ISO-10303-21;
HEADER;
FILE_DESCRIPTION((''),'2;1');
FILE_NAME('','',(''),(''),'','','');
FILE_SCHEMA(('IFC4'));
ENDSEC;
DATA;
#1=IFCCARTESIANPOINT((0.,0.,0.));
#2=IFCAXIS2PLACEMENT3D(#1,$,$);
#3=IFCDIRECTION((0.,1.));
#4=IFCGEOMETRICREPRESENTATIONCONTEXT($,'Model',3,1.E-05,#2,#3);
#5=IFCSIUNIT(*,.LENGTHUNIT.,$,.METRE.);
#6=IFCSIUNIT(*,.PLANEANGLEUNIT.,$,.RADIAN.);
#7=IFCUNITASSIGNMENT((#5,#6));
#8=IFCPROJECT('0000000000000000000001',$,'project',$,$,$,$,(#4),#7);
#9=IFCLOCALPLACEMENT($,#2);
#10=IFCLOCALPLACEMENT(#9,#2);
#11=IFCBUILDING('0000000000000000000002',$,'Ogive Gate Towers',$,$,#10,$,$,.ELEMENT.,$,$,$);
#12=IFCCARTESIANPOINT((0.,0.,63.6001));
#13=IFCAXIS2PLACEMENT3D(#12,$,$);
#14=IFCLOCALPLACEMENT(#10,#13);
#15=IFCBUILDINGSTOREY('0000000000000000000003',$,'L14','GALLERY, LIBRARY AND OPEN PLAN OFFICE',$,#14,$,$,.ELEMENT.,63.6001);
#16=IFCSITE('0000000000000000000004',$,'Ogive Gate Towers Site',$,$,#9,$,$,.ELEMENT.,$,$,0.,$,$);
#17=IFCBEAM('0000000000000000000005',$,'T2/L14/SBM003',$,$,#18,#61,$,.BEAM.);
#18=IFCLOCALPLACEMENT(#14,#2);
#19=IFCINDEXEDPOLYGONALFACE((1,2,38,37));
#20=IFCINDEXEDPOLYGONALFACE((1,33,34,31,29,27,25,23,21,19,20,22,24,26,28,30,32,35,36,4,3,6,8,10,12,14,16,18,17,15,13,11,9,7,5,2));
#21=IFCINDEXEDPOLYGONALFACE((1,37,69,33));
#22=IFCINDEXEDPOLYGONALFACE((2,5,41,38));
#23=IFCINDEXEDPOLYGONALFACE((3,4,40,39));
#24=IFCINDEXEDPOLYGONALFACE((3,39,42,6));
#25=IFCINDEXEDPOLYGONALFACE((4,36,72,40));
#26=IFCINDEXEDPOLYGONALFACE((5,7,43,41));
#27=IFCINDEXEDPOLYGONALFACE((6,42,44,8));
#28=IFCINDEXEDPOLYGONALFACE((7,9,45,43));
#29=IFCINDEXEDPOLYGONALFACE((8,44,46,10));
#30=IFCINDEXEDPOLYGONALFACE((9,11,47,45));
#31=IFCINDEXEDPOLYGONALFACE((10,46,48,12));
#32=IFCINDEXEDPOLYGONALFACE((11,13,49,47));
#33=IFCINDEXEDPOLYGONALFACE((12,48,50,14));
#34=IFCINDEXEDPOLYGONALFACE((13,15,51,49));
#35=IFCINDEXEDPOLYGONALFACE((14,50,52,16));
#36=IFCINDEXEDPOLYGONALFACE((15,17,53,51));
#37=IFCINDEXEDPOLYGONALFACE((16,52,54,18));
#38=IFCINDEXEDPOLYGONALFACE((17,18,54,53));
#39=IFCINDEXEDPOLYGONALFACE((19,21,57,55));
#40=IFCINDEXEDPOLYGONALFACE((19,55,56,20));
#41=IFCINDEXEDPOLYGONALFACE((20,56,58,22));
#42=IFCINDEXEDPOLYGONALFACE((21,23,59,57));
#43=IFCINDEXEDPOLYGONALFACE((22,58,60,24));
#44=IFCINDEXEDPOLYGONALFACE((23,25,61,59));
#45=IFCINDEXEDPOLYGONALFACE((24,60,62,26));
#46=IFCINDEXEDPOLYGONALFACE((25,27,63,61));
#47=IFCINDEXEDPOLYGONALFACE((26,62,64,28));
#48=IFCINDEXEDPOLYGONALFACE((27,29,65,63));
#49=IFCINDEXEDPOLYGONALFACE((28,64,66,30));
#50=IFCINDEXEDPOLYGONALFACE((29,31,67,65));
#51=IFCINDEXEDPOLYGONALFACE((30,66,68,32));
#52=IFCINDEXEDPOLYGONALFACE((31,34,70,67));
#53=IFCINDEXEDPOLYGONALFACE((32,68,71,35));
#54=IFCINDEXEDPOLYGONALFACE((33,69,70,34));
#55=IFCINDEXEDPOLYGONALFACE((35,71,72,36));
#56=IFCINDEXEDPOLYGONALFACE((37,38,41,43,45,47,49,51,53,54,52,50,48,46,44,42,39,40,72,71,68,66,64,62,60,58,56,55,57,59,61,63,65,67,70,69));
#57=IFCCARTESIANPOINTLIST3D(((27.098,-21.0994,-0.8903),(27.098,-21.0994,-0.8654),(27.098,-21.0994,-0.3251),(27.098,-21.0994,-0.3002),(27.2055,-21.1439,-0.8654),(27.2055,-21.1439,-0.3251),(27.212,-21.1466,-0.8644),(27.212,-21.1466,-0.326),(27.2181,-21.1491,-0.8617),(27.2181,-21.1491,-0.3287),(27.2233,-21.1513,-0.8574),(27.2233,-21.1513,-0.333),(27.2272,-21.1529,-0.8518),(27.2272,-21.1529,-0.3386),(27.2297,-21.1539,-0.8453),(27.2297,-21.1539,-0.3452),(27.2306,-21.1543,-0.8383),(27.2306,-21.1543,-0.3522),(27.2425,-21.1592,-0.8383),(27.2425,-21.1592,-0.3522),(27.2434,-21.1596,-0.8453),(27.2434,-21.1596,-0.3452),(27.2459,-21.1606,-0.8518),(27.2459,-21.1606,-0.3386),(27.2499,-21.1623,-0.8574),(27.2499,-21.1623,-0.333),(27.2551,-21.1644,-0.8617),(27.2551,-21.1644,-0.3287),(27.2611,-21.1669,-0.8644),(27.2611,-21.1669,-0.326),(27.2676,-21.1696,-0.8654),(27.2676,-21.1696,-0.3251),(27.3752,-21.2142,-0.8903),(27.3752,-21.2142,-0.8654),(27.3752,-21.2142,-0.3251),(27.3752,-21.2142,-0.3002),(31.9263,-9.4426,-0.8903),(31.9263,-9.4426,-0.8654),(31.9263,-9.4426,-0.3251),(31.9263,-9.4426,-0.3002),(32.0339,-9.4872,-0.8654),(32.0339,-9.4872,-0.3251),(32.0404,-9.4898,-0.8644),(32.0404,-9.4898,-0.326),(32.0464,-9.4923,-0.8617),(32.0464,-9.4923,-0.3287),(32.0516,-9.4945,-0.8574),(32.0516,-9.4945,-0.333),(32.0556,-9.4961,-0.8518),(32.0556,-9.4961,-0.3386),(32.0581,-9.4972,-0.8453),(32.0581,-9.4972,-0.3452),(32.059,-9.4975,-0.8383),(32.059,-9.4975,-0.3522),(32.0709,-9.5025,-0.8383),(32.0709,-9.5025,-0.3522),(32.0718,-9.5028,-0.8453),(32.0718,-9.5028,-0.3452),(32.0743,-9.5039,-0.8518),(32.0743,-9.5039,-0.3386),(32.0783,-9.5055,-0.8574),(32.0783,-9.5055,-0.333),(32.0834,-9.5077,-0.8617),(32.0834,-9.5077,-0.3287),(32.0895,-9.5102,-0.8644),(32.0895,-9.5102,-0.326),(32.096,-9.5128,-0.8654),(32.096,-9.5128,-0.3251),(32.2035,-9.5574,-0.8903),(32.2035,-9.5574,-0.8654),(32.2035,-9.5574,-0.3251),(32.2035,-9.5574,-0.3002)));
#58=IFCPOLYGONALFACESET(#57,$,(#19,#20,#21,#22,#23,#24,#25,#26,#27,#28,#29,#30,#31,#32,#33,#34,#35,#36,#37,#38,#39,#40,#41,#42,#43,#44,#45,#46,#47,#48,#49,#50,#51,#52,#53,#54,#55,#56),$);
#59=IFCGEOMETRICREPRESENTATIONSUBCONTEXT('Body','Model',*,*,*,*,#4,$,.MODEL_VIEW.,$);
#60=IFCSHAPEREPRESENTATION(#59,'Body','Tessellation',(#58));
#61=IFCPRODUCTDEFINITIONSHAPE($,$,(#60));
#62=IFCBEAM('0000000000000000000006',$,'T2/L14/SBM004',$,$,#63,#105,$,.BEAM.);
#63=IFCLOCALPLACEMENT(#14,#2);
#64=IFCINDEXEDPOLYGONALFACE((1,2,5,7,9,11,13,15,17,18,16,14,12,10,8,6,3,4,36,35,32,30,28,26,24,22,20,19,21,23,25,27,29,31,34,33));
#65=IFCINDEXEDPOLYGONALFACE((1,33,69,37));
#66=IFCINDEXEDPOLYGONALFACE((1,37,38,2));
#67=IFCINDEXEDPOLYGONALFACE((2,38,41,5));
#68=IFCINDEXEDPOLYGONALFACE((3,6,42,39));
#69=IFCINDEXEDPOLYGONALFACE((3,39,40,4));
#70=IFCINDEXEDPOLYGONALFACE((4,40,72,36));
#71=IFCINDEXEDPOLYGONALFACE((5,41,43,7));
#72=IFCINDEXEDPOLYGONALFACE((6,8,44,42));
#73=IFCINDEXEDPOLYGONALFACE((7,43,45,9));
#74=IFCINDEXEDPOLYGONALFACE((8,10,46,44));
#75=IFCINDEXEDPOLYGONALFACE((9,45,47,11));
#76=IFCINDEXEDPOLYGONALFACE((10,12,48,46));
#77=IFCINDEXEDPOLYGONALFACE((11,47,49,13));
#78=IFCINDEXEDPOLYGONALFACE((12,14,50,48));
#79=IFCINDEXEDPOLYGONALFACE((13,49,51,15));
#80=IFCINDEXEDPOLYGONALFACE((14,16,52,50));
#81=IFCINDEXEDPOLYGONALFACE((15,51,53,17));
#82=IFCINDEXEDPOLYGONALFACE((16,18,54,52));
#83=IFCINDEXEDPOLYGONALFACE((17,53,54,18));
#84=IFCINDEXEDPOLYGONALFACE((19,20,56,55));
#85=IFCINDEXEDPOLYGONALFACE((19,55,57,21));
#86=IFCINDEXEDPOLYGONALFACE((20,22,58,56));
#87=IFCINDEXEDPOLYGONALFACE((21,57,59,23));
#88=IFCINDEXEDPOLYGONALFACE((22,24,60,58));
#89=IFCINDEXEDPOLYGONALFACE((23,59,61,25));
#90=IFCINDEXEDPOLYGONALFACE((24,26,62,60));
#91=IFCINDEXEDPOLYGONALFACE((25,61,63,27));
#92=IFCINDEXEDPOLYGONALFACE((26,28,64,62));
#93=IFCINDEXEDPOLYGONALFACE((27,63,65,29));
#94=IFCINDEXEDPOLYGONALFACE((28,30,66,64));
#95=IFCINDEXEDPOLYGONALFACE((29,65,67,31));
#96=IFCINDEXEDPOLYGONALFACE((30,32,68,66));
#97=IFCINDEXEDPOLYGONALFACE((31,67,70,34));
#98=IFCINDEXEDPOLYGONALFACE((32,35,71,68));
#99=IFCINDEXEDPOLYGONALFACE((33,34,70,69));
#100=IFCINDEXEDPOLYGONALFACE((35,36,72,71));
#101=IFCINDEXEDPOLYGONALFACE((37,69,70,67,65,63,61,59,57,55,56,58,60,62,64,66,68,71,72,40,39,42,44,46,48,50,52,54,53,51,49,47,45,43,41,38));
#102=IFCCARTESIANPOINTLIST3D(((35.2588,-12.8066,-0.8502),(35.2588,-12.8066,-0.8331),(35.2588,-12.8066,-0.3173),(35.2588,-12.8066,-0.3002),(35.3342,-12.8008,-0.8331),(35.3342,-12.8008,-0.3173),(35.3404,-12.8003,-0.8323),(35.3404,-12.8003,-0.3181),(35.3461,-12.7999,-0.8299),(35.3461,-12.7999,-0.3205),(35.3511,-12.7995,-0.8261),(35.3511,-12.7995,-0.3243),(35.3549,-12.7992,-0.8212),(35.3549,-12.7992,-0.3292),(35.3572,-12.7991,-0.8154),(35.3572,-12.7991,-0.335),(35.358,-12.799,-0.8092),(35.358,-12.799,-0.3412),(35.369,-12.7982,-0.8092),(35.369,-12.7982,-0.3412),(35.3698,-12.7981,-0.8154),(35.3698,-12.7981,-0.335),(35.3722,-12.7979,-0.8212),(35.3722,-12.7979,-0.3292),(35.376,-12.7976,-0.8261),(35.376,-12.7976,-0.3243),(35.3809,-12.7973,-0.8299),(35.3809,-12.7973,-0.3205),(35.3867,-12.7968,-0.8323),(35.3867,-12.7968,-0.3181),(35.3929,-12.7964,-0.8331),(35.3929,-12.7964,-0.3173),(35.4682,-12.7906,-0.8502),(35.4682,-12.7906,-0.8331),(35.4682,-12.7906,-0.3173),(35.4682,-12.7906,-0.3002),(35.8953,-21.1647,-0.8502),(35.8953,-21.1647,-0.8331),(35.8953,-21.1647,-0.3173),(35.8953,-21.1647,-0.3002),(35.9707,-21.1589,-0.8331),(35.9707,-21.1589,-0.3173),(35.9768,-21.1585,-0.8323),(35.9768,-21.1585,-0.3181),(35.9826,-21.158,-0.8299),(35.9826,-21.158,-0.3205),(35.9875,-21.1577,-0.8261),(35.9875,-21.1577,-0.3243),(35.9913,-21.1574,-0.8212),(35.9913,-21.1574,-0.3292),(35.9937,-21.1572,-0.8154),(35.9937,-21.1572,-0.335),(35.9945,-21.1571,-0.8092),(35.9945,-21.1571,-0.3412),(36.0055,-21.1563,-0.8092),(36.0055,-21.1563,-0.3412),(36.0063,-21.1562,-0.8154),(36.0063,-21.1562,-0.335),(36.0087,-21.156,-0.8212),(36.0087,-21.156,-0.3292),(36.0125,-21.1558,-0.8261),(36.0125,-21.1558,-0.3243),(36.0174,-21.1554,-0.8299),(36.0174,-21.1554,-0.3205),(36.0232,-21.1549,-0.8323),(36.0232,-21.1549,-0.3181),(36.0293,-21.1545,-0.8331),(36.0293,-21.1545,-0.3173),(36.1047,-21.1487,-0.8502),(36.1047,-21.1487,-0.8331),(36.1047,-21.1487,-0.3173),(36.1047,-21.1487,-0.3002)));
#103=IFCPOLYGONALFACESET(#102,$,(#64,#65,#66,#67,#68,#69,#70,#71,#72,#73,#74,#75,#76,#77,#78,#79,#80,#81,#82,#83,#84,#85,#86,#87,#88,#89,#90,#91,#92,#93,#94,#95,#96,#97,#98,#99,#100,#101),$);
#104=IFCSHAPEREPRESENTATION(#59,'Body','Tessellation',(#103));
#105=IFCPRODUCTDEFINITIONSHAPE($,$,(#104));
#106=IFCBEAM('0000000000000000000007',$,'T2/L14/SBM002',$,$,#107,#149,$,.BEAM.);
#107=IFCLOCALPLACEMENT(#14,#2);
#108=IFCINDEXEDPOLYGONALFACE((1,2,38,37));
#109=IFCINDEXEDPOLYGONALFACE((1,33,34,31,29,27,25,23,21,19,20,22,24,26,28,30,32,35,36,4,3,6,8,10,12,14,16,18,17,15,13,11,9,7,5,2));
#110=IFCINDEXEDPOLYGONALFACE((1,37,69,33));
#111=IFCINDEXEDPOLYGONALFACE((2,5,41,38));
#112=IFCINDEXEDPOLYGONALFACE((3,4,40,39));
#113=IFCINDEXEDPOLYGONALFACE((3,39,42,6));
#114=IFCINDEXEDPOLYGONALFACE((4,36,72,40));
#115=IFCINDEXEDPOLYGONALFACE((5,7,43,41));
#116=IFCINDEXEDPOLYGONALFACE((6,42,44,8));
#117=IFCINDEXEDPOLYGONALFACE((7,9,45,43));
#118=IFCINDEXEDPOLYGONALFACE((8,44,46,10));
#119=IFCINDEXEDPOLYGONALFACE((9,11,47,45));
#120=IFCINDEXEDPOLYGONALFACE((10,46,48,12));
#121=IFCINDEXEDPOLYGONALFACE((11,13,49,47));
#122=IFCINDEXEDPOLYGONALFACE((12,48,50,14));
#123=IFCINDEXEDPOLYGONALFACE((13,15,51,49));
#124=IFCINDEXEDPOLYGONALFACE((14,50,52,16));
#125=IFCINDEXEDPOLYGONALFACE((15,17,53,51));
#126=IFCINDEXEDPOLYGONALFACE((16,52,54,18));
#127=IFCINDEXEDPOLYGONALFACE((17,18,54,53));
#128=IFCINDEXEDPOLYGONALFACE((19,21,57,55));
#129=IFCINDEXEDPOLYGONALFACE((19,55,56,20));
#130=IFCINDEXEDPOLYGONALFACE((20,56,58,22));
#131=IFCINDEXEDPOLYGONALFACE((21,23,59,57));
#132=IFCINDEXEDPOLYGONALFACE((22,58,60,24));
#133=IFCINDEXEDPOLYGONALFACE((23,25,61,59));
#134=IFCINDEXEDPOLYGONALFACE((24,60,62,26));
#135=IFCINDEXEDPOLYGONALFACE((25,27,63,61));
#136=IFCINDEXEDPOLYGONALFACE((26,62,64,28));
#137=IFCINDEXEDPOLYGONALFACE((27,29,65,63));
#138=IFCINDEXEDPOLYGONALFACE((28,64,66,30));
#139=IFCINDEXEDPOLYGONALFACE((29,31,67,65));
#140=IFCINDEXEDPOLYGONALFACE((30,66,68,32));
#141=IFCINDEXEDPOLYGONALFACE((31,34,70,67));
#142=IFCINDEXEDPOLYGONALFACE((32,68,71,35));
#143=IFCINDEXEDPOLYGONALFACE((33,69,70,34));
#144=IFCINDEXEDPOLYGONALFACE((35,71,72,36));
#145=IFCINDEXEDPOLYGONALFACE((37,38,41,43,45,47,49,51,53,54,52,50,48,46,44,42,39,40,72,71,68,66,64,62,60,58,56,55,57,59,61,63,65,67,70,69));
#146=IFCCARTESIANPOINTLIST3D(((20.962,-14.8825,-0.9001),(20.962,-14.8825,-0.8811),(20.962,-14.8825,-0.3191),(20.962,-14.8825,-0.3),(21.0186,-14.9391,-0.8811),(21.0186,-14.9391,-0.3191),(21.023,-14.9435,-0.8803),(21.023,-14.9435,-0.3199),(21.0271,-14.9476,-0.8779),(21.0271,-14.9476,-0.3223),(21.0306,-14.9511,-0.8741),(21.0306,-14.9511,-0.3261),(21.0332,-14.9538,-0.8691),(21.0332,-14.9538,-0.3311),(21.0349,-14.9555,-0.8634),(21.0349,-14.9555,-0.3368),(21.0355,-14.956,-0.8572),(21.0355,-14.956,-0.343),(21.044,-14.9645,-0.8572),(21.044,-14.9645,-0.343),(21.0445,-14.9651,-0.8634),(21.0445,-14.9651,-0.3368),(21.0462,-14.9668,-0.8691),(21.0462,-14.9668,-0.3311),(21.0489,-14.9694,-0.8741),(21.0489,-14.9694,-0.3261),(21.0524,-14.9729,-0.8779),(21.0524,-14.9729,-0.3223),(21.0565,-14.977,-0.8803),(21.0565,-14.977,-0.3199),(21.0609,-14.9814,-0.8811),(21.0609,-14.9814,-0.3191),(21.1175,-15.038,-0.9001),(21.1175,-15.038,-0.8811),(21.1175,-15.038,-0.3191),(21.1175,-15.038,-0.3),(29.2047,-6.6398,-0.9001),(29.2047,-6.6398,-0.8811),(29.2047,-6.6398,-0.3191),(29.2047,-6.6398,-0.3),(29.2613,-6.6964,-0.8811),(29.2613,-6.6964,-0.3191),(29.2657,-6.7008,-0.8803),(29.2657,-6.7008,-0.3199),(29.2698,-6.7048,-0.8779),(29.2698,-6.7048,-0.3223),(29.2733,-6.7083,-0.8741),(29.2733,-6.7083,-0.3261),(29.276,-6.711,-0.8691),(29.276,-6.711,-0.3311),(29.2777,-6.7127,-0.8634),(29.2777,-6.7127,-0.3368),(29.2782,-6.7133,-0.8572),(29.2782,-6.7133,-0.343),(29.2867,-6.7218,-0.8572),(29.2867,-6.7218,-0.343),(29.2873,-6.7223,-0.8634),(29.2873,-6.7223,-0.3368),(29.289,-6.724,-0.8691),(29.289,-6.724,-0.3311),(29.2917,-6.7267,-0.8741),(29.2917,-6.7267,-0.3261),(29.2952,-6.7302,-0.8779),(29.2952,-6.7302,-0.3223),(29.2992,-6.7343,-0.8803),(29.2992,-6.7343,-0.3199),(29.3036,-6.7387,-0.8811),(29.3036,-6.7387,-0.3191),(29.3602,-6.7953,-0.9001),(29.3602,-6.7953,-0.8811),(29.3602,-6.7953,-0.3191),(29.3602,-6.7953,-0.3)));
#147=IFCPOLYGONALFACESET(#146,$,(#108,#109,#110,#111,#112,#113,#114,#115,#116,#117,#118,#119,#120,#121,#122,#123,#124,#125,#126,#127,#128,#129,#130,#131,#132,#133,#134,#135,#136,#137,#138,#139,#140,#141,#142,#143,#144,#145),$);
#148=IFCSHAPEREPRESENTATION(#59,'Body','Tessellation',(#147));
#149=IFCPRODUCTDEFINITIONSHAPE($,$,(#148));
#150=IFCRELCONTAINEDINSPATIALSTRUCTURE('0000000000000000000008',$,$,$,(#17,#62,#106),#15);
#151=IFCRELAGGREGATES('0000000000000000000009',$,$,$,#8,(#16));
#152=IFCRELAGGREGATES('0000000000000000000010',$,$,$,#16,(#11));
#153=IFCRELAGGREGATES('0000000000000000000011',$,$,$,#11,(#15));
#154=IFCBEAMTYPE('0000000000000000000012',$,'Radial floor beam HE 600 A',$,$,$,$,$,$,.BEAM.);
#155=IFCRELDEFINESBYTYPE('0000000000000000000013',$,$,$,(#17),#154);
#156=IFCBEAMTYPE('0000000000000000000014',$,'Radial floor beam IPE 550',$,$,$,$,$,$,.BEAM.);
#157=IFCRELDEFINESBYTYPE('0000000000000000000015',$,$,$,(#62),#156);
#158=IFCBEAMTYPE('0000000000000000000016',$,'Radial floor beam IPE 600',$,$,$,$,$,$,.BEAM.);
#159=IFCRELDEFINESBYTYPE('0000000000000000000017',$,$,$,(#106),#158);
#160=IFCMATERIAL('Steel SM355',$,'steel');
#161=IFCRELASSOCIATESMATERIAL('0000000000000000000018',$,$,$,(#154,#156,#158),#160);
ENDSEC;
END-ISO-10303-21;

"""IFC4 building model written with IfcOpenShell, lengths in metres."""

from ifc_helpers import new_model, si_unit, direction, frame, origin, origin_2d, place, context, subcontext, project, spatial, i_section, extrude, material, material_profile, profile_set, type_object, element, save


model = new_model("IFC4")

# Units and contexts
model_context = context("Model", 3, precision=1e-05, world=origin(), true_north=direction((0.0, 1.0)))
body_context = subcontext(model_context, "Body", "Model", "MODEL_VIEW")
ifc_project = project(units=[si_unit("LENGTHUNIT", "METRE"), si_unit("PLANEANGLEUNIT", "RADIAN")], contexts=[model_context])

# Site, building, storey
site_placement = place(None, origin())
site = spatial("IfcSite", under=ifc_project, at=site_placement, Name="Ogive Gate Towers Site", CompositionType="ELEMENT", RefElevation=0.0)
building_placement = place(site_placement, origin())
building = spatial("IfcBuilding", under=site, at=building_placement, Name="Ogive Gate Towers", CompositionType="ELEMENT")
storey_placement = place(building_placement, frame((0.0, 0.0, 63.6001)))
storey = spatial("IfcBuildingStorey", under=building, at=storey_placement, Name="L14", Description="GALLERY, LIBRARY AND OPEN PLAN OFFICE", CompositionType="ELEMENT", Elevation=63.6001)

# Beams
ifc_material_1 = material(Name="Steel SM355", Category="steel")
ifc_material_profile_1 = material_profile(ifc_material_1, i_section(OverallWidth=0.3, OverallDepth=0.5901, WebThickness=0.0129, FlangeThickness=0.0249, FilletRadius=0.0271, at=origin_2d()), Name="HE 600 A")
ifc_profile_set_1 = profile_set([ifc_material_profile_1], Name="Steel SM355")
beam_type_1 = type_object("IfcBeamType", Name="Radial floor beam HE 600 A", PredefinedType="BEAM", material=ifc_profile_set_1)
beam_1_placement = place(storey_placement, frame((32.0649, -9.5, -0.5952), z_axis=(-0.382683, -0.92388, 0.0), x_axis=(0.92388, -0.382683, 0.0)))
element("IfcBeam", 1, at=beam_1_placement, inside=storey, type_object=beam_type_1, Name="T2/L14/SBM003", PredefinedType="BEAM", context=body_context, shape_type="SweptSolid", body=[
    extrude(i_section(OverallWidth=0.3, OverallDepth=0.5901, WebThickness=0.0129, FlangeThickness=0.0249, FilletRadius=0.0271, at=origin_2d()), origin(), (0.0, 0.0, 1.0), 12.6172),
])
ifc_material_profile_2 = material_profile(ifc_material_1, i_section(OverallWidth=0.21, OverallDepth=0.55, WebThickness=0.011, FlangeThickness=0.0171, FilletRadius=0.0239, at=origin_2d()), Name="IPE 550")
ifc_profile_set_2 = profile_set([ifc_material_profile_2], Name="Steel SM355")
beam_type_2 = type_object("IfcBeamType", Name="Radial floor beam IPE 550", PredefinedType="BEAM", material=ifc_profile_set_2)
beam_2_placement = place(storey_placement, frame((35.3635, -12.7986, -0.5752), z_axis=(0.07593, -0.997113, 0.0), x_axis=(0.997113, 0.07593, 0.0)))
element("IfcBeam", 2, at=beam_2_placement, inside=storey, type_object=beam_type_2, Name="T2/L14/SBM004", PredefinedType="BEAM", context=body_context, shape_type="SweptSolid", body=[
    extrude(i_section(OverallWidth=0.21, OverallDepth=0.55, WebThickness=0.011, FlangeThickness=0.0171, FilletRadius=0.0239, at=origin_2d()), origin(), (0.0, 0.0, 1.0), 8.3823),
])
ifc_material_profile_3 = material_profile(ifc_material_1, i_section(OverallWidth=0.22, OverallDepth=0.6001, WebThickness=0.012, FlangeThickness=0.019, FilletRadius=0.0239, at=origin_2d()), Name="IPE 600")
ifc_profile_set_3 = profile_set([ifc_material_profile_3], Name="Steel SM355")
beam_type_3 = type_object("IfcBeamType", Name="Radial floor beam IPE 600", PredefinedType="BEAM", material=ifc_profile_set_3)
beam_3_placement = place(storey_placement, frame((29.2825, -6.7175, -0.6001), z_axis=(-0.707107, -0.707107, 0.0), x_axis=(0.707107, -0.707107, 0.0)))
element("IfcBeam", 3, at=beam_3_placement, inside=storey, type_object=beam_type_3, Name="T2/L14/SBM002", PredefinedType="BEAM", context=body_context, shape_type="SweptSolid", body=[
    extrude(i_section(OverallWidth=0.22, OverallDepth=0.6001, WebThickness=0.012, FlangeThickness=0.019, FilletRadius=0.0239, at=origin_2d()), origin(), (0.0, 0.0, 1.0), 11.657),
])

save(model, "model.ifc")
